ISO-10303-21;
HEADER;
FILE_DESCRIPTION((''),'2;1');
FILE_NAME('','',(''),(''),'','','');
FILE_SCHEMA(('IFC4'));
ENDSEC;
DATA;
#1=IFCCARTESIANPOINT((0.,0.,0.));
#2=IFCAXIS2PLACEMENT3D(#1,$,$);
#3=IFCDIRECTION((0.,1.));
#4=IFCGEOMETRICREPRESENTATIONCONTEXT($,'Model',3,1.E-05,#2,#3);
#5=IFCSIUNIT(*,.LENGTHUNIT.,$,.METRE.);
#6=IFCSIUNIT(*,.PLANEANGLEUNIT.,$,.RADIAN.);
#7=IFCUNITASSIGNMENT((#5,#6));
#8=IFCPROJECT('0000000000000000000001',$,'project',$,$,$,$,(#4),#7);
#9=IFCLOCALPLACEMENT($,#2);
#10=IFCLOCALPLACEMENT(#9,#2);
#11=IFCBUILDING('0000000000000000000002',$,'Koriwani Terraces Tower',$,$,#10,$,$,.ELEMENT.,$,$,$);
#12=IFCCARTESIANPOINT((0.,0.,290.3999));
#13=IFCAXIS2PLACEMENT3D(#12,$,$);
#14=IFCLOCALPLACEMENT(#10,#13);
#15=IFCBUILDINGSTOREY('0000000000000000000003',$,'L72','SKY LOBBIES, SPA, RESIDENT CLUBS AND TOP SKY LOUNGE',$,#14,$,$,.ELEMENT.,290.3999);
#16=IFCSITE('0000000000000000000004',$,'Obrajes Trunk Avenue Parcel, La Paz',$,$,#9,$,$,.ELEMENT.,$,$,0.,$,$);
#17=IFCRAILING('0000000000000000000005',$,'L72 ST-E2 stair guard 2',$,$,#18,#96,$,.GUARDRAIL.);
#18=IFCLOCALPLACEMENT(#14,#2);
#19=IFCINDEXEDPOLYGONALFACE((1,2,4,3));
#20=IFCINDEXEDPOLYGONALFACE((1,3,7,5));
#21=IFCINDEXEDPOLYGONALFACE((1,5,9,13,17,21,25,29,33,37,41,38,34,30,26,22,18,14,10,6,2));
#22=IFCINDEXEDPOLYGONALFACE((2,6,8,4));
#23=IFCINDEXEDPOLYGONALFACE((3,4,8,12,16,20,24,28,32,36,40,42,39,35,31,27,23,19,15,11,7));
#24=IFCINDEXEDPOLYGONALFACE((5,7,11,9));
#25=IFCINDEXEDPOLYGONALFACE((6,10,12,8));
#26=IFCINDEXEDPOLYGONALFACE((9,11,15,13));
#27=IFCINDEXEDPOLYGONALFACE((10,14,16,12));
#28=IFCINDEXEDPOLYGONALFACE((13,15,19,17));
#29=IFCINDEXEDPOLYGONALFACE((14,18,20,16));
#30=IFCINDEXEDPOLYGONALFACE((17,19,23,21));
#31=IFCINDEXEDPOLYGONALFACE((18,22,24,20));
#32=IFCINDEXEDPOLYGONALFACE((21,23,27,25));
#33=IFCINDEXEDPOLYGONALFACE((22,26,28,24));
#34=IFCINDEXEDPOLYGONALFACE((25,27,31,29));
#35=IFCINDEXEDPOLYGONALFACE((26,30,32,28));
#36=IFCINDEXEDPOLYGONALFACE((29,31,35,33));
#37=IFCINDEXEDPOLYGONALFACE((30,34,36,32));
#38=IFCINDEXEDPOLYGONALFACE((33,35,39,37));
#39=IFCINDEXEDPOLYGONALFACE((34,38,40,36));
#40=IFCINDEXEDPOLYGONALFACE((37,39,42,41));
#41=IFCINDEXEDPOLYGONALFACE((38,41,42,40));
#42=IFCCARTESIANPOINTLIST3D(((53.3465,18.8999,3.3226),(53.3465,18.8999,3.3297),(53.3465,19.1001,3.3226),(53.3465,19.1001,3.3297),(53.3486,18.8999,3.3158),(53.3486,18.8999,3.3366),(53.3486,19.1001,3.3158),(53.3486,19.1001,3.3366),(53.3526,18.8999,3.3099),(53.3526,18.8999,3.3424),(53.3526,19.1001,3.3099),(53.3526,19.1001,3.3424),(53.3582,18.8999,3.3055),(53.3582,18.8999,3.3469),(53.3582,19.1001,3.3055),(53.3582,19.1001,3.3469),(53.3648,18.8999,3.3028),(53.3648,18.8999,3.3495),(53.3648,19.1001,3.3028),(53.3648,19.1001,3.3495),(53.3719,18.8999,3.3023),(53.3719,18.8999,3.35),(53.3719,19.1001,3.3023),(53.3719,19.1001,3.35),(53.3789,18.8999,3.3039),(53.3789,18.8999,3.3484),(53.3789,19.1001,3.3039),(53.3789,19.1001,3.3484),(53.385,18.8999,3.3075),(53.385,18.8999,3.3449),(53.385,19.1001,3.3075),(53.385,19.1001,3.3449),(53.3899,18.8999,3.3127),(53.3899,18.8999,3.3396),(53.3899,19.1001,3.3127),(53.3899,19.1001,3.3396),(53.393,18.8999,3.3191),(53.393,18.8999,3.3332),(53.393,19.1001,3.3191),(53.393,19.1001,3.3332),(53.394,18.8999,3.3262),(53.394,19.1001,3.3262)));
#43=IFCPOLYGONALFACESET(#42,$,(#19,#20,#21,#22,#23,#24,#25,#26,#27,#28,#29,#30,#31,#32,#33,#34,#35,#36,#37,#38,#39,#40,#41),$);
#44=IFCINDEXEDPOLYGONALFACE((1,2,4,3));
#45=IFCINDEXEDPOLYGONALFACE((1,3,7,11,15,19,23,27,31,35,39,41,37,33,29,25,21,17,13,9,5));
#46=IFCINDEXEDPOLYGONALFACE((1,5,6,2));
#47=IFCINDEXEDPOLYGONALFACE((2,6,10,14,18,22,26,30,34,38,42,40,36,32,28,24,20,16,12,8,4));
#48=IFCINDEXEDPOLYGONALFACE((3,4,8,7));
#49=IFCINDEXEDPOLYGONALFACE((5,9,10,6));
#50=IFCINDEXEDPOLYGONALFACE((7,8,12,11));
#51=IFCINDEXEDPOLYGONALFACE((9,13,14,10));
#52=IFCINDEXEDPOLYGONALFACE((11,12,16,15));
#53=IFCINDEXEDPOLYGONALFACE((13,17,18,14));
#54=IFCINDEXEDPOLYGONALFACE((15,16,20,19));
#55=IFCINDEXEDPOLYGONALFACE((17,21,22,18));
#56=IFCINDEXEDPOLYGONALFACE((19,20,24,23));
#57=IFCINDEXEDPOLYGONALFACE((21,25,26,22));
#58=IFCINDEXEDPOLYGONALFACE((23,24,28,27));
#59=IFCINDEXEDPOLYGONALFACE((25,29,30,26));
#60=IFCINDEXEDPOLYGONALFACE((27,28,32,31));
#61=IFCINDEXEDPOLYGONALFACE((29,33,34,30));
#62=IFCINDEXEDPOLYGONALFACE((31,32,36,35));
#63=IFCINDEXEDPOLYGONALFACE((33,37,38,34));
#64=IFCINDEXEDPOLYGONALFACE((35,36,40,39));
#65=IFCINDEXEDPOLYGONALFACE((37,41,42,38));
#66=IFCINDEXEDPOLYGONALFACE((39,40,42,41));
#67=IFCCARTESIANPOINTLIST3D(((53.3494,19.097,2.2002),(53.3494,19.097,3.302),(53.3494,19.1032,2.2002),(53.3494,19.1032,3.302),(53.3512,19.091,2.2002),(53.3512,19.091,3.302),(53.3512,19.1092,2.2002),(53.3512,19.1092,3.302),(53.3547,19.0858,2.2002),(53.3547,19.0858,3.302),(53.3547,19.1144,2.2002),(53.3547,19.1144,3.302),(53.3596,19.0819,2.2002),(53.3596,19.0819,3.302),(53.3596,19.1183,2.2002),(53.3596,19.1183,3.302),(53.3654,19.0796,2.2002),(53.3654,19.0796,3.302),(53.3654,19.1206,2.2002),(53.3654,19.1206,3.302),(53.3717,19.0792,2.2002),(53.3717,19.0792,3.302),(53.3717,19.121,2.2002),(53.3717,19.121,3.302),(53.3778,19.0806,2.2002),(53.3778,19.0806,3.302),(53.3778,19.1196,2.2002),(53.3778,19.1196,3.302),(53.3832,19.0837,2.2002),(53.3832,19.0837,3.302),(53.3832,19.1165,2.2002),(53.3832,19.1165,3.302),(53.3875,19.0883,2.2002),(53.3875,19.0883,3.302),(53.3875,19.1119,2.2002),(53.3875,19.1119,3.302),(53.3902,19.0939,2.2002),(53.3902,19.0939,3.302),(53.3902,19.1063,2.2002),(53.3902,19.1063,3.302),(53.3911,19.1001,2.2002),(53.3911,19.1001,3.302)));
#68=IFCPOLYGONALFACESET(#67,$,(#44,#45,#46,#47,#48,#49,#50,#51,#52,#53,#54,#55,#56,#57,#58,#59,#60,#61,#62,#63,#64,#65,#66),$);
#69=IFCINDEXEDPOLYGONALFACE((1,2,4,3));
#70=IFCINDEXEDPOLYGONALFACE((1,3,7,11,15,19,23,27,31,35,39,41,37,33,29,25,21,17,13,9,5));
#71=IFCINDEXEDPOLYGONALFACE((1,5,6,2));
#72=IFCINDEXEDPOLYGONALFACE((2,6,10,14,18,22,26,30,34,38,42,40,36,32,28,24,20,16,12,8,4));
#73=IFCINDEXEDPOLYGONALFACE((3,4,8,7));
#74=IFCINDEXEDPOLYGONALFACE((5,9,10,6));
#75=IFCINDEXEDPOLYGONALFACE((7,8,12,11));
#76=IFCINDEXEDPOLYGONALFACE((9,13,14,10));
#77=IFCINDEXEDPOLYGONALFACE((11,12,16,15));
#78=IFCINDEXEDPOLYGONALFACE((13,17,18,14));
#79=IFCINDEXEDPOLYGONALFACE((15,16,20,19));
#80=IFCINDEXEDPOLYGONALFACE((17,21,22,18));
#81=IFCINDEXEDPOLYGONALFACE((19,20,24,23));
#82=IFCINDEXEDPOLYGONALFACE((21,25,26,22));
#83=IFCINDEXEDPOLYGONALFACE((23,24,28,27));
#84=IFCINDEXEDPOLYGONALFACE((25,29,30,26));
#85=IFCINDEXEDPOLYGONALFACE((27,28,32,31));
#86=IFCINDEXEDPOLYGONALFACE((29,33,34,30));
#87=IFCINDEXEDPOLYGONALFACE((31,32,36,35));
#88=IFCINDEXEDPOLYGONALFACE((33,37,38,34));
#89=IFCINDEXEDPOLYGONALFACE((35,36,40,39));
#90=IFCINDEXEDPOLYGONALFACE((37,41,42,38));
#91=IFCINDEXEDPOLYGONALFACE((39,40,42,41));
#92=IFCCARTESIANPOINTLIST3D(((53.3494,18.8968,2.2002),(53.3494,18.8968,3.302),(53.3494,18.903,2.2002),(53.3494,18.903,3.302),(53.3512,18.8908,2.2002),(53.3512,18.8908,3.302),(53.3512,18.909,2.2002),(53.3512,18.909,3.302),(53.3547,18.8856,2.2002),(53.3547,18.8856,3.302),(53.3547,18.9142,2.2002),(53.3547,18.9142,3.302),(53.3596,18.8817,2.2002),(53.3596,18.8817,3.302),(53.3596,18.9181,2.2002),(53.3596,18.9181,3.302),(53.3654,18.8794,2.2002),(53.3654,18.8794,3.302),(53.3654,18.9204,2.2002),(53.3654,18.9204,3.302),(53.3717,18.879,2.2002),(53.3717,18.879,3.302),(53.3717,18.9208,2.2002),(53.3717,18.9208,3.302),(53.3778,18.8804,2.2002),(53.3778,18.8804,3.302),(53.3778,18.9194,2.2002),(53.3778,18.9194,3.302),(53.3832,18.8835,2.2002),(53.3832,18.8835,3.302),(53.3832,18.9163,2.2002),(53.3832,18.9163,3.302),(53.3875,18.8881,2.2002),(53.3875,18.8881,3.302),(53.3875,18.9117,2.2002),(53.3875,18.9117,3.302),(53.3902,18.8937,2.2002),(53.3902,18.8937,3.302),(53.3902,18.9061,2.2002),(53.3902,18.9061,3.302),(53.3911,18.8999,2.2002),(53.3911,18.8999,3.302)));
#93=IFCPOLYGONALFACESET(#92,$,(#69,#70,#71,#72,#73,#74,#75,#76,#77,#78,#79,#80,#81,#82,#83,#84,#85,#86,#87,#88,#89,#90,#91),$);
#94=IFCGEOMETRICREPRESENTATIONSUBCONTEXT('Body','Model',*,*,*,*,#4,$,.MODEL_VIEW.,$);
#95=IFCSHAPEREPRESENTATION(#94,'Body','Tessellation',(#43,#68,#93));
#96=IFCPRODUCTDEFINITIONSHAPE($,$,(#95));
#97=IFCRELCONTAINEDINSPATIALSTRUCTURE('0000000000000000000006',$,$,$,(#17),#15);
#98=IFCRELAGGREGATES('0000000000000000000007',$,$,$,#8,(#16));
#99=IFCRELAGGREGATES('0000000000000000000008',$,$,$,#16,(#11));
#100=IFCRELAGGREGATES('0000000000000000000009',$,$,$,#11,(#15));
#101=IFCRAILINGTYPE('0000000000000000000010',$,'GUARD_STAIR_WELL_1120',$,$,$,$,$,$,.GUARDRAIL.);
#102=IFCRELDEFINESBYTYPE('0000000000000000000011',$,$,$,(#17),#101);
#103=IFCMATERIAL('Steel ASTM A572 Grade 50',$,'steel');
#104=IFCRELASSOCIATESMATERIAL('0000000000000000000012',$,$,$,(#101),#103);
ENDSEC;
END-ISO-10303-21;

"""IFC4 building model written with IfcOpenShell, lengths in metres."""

from ifc_helpers import new_model, si_unit, direction, frame, origin, origin_2d, place, context, subcontext, project, spatial, circle, extrude, material, type_object, element, save


model = new_model("IFC4")

# Units and contexts
model_context = context("Model", 3, precision=1e-05, world=origin(), true_north=direction((0.0, 1.0)))
body_context = subcontext(model_context, "Body", "Model", "MODEL_VIEW")
ifc_project = project(units=[si_unit("LENGTHUNIT", "METRE"), si_unit("PLANEANGLEUNIT", "RADIAN")], contexts=[model_context])

# Site, building, storey
site_placement = place(None, origin())
site = spatial("IfcSite", under=ifc_project, at=site_placement, Name="Obrajes Trunk Avenue Parcel, La Paz", CompositionType="ELEMENT", RefElevation=0.0)
building_placement = place(site_placement, origin())
building = spatial("IfcBuilding", under=site, at=building_placement, Name="Koriwani Terraces Tower", CompositionType="ELEMENT")
storey_placement = place(building_placement, frame((0.0, 0.0, 290.3999)))
storey = spatial("IfcBuildingStorey", under=building, at=storey_placement, Name="L72", Description="SKY LOBBIES, SPA, RESIDENT CLUBS AND TOP SKY LOUNGE", CompositionType="ELEMENT", Elevation=290.3999)

# Shared definitions
ifc_material_1 = material(Name="Steel ASTM A572 Grade 50", Category="steel")

# Railing
railing_type_1 = type_object("IfcRailingType", Name="GUARD_STAIR_WELL_1120", PredefinedType="GUARDRAIL", material=ifc_material_1)
railing_1_placement = place(storey_placement, frame((53.3701, 19.1001, 2.2002)))
element("IfcRailing", 1, at=railing_1_placement, inside=storey, type_object=railing_type_1, Name="L72 ST-E2 stair guard 2", PredefinedType="GUARDRAIL", context=body_context, shape_type="SweptSolid", body=[
    extrude(circle(Radius=0.0239, at=origin_2d()), frame((0.0, 0.0, 1.126), z_axis=(0.0, -1.0, 0.0), x_axis=(1.0, 0.0, 0.0)), (0.0, 0.0, 1.0), 0.2002),
    extrude(circle(Radius=0.021, at=origin_2d()), origin(), (0.0, 0.0, 1.0), 1.1018),
    extrude(circle(Radius=0.021, at=origin_2d()), frame((0.0, -0.2002, 0.0)), (0.0, 0.0, 1.0), 1.1018),
])

save(model, "model.ifc")
